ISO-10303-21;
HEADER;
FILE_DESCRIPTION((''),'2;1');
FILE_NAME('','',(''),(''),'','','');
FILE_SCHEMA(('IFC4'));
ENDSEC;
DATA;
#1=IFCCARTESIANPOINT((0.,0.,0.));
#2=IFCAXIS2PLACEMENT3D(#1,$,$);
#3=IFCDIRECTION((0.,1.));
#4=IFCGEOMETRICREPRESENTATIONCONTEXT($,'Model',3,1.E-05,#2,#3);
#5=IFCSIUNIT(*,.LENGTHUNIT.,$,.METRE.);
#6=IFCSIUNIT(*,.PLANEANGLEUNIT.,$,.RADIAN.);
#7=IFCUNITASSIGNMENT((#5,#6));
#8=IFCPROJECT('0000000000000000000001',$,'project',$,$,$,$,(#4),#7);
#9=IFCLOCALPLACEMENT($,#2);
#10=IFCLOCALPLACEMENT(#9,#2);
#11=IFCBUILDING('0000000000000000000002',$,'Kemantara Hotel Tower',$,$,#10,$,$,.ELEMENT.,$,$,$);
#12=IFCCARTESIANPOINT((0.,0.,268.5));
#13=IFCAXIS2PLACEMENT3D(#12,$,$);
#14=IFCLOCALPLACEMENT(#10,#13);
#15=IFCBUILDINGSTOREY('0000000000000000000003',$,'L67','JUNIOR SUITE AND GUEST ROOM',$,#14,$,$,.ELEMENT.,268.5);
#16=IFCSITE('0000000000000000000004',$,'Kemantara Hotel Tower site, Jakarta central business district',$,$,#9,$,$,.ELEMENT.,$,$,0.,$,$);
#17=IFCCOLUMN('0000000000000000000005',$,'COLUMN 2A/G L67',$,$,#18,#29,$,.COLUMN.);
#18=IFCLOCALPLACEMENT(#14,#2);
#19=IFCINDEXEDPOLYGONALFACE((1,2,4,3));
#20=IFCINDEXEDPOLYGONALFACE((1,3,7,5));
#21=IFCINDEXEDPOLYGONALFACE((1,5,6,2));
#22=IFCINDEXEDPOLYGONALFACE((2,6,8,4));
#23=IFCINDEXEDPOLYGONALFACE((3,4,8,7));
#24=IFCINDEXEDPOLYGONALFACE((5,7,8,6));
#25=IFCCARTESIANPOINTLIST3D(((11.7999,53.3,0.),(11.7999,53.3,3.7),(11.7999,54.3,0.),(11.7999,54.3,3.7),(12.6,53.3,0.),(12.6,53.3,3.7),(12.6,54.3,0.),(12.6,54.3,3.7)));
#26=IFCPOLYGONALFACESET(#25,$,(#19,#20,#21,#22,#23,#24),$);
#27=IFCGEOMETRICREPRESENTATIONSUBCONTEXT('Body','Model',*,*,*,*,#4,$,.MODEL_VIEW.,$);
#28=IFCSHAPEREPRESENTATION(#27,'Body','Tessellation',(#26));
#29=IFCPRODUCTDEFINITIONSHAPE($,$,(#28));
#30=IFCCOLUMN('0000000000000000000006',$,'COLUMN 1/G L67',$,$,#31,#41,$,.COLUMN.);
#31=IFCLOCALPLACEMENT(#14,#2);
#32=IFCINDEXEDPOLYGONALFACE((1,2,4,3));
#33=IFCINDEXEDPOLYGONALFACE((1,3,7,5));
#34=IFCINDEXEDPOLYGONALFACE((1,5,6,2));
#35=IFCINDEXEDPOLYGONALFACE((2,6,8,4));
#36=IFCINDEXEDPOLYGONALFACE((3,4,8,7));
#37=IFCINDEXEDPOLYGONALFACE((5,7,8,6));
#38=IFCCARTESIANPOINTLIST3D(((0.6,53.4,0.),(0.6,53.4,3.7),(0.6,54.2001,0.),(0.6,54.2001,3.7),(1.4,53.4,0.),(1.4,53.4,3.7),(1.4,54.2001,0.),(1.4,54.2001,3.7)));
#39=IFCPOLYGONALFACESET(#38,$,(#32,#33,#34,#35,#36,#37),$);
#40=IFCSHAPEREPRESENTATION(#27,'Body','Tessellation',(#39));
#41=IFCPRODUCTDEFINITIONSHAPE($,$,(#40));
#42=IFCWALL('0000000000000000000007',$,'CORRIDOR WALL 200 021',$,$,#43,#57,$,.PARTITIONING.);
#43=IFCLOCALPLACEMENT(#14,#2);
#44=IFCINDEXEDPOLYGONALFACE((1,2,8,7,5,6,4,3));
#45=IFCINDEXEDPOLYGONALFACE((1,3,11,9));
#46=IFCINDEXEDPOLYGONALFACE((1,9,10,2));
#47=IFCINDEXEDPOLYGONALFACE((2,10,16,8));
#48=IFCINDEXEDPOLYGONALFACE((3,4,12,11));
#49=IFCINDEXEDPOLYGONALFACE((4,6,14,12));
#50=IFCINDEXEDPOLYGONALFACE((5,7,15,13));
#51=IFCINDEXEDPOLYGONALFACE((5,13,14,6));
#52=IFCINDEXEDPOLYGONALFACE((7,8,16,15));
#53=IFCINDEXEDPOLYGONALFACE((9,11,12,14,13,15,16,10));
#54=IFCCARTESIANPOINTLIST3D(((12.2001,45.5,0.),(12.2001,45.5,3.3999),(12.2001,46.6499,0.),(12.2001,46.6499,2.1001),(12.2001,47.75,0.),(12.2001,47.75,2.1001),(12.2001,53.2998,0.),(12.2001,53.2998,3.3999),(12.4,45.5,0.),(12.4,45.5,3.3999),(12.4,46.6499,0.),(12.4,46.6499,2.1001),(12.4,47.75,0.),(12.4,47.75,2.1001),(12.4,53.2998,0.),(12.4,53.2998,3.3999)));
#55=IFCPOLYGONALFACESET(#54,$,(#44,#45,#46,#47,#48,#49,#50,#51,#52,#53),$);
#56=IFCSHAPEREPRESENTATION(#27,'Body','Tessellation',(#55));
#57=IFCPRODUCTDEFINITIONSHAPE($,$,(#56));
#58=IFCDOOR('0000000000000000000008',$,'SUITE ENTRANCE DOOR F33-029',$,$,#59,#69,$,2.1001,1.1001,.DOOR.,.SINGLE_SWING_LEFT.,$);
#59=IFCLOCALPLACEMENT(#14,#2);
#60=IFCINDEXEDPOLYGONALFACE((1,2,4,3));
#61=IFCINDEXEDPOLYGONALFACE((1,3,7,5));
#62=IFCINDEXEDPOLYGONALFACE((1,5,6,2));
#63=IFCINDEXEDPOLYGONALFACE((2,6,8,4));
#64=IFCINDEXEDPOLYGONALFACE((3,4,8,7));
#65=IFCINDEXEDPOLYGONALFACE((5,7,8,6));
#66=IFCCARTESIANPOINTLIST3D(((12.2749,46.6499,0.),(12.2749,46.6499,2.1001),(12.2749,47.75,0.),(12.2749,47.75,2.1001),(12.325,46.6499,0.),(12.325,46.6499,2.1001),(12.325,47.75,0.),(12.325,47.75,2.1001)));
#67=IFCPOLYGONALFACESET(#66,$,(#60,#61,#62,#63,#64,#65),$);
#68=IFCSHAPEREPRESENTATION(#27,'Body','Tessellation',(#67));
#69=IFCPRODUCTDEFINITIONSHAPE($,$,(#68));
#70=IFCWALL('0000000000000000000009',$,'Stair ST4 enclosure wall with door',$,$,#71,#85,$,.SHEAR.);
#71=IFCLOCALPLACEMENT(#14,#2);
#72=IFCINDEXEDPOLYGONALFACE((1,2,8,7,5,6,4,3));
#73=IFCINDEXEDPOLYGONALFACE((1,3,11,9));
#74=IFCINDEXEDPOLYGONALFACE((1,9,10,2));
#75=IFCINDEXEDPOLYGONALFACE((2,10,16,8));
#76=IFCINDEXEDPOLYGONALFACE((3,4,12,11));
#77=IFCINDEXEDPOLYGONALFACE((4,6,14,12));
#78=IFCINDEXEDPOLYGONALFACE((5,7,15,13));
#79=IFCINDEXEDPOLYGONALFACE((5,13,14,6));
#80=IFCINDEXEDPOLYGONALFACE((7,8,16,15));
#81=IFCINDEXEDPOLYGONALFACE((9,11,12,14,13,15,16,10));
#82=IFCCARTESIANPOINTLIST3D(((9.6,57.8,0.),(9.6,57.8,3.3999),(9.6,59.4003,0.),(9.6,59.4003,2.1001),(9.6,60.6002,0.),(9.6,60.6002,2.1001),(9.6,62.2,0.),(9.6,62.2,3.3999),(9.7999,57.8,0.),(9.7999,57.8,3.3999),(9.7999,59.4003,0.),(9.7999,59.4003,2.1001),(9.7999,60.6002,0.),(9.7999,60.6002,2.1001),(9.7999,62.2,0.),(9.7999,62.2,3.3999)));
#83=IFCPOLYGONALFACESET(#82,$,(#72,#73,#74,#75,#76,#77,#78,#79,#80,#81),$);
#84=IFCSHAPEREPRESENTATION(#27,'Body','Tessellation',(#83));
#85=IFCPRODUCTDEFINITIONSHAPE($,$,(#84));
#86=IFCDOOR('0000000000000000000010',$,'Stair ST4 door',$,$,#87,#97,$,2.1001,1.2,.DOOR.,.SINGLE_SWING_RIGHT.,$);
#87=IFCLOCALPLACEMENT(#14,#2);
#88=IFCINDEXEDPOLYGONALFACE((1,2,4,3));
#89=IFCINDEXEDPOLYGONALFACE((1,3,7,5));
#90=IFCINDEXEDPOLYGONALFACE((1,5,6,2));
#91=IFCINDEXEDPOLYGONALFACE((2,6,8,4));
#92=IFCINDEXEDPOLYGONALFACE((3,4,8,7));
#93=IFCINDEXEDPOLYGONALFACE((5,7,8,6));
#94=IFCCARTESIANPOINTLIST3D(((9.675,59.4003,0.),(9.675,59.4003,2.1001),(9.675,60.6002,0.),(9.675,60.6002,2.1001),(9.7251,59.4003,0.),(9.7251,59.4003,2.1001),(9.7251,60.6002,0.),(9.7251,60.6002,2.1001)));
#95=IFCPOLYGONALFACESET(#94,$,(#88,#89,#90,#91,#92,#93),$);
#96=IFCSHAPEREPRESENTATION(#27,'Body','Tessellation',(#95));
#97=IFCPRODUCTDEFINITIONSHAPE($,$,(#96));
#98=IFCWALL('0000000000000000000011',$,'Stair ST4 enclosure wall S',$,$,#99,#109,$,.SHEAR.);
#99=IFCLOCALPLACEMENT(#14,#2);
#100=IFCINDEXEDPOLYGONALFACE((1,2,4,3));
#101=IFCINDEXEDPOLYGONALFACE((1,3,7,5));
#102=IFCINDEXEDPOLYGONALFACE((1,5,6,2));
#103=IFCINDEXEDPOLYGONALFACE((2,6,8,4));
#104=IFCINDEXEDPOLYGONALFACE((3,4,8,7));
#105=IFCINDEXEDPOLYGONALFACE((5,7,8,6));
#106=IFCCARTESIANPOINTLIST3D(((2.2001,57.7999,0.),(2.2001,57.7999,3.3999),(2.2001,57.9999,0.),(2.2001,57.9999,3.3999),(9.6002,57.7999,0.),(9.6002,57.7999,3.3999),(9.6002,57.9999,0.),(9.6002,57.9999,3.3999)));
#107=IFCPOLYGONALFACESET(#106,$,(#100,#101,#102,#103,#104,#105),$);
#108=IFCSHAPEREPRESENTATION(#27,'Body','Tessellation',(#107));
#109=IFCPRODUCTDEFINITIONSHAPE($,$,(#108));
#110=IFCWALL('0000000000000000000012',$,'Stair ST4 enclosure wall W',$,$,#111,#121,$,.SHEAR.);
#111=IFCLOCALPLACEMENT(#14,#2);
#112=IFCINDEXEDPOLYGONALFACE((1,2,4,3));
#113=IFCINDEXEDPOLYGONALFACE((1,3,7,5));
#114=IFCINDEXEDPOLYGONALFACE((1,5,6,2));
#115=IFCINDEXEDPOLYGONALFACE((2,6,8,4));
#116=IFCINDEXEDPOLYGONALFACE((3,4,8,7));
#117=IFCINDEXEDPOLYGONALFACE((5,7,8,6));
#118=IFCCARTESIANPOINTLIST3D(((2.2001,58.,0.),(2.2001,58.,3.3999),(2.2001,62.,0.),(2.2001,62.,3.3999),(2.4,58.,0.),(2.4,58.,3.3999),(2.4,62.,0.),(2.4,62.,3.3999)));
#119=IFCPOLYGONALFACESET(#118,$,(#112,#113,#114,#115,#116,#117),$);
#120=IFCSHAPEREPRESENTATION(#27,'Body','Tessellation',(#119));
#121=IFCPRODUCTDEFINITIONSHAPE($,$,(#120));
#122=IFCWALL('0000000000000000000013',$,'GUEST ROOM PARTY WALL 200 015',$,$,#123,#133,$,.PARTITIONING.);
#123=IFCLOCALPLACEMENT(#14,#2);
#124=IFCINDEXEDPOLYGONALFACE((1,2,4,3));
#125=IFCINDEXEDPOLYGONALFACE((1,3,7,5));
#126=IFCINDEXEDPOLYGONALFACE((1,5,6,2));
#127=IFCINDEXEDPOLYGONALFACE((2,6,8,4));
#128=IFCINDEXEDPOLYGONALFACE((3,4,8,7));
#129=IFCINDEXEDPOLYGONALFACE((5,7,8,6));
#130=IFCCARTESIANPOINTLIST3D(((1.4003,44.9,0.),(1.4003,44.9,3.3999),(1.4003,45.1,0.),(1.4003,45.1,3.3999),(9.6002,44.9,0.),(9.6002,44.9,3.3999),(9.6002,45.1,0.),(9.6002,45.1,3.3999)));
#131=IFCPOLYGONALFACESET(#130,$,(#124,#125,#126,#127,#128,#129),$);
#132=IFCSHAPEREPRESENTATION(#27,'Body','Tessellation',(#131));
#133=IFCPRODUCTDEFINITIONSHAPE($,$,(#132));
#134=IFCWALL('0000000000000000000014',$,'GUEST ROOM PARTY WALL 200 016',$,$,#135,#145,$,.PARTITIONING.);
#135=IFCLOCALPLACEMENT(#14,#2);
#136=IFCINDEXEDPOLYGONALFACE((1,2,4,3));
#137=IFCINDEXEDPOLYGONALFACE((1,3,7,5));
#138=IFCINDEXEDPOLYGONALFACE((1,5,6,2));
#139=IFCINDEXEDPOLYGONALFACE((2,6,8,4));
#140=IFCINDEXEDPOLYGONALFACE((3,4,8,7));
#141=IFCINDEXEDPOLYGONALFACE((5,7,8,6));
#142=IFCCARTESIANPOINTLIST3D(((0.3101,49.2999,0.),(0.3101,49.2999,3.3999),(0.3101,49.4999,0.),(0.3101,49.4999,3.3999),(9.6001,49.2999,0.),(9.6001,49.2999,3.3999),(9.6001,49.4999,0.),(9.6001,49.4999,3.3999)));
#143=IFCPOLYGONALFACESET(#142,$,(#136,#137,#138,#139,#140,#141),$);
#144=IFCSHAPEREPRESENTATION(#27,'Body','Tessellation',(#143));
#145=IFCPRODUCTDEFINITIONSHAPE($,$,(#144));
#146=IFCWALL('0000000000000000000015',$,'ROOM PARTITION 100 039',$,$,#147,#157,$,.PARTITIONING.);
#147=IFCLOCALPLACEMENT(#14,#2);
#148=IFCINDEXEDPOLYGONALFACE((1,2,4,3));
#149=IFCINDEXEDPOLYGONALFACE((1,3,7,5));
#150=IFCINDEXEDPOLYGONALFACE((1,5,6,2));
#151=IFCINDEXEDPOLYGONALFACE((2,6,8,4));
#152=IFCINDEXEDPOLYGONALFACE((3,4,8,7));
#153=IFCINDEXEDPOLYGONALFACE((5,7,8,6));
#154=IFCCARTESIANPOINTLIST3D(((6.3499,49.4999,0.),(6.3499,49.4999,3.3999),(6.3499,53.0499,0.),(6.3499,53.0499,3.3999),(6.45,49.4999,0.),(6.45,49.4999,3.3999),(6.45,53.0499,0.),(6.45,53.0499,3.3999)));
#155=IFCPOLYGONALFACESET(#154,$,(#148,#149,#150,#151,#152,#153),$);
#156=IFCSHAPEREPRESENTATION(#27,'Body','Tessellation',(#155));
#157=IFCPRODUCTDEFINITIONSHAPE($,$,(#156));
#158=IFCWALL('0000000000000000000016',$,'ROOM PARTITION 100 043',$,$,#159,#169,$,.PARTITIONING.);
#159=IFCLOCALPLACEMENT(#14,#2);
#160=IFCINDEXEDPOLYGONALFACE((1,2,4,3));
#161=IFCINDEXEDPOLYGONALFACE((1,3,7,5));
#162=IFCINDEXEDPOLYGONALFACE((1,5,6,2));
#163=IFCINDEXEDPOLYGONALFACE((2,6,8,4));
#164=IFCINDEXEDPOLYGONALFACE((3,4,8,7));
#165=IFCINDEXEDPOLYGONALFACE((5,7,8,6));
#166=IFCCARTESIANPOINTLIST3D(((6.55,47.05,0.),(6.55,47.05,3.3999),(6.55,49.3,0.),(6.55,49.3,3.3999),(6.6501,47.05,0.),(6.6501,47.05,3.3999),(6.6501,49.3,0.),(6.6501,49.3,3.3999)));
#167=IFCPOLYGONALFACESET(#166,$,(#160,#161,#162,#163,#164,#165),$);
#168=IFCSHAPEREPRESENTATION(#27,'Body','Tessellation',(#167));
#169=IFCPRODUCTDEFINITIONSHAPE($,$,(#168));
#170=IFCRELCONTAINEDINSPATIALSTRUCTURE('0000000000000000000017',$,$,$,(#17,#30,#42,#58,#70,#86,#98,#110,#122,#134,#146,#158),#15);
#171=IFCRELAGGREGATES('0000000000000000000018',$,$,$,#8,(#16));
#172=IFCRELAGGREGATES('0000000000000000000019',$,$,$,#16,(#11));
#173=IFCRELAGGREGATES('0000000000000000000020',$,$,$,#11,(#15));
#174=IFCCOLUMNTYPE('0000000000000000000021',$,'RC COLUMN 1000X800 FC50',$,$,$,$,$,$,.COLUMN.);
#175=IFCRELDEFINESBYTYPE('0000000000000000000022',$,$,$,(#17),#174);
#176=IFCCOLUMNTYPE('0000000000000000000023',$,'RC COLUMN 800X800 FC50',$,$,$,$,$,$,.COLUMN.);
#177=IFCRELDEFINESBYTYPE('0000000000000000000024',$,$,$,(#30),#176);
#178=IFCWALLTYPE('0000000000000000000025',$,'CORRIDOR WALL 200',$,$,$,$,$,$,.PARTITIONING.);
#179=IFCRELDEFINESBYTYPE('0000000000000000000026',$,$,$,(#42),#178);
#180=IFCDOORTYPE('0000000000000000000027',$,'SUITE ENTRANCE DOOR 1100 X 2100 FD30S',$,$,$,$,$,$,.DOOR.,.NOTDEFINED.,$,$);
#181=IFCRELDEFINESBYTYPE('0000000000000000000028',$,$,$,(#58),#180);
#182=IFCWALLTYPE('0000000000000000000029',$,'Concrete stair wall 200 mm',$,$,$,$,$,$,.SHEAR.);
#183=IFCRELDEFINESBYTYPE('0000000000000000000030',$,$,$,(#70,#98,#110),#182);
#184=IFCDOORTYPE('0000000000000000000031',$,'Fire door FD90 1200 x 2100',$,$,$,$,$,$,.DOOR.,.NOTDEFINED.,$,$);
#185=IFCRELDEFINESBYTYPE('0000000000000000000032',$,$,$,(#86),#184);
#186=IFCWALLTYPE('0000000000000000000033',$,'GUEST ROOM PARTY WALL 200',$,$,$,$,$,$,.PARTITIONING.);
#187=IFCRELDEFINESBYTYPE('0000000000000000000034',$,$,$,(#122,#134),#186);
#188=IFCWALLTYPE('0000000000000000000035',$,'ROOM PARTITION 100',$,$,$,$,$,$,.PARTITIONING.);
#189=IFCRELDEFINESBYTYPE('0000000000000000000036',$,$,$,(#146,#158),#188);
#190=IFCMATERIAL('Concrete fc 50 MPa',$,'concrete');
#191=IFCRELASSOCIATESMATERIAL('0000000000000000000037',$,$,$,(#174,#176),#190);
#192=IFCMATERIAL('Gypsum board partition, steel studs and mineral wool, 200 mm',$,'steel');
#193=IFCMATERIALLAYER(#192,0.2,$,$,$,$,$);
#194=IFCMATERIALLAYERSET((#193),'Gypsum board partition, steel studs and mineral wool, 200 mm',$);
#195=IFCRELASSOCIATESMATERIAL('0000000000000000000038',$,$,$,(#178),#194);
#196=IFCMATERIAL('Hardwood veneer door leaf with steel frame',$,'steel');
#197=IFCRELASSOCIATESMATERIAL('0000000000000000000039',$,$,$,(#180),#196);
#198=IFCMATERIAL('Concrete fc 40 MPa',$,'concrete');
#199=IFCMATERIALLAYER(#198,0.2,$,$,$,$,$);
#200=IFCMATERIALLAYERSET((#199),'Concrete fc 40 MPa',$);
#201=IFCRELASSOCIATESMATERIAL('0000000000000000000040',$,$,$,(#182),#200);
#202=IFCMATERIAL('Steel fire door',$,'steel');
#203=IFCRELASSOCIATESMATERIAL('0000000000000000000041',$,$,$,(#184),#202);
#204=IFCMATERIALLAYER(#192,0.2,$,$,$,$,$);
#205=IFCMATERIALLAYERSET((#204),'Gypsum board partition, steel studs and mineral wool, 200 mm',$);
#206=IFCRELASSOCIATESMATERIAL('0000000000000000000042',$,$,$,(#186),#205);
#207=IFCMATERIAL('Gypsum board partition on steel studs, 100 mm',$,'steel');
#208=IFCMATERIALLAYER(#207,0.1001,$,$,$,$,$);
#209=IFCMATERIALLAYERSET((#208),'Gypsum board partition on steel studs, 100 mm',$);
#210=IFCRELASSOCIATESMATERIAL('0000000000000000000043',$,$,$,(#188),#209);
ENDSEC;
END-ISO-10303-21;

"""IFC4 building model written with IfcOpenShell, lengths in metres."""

from ifc_helpers import new_model, si_unit, direction, frame, frame_2d, origin, origin_2d, place, context, subcontext, project, spatial, rectangle, extrude, material, layer, layer_set, material_profile, profile_set, type_object, element, fill, save


model = new_model("IFC4")

# Units and contexts
model_context = context("Model", 3, precision=1e-05, world=origin(), true_north=direction((0.0, 1.0)))
body_context = subcontext(model_context, "Body", "Model", "MODEL_VIEW")
ifc_project = project(units=[si_unit("LENGTHUNIT", "METRE"), si_unit("PLANEANGLEUNIT", "RADIAN")], contexts=[model_context])

# Site, building, storey
site_placement = place(None, origin())
site = spatial("IfcSite", under=ifc_project, at=site_placement, Name="Kemantara Hotel Tower site, Jakarta central business district", CompositionType="ELEMENT", RefElevation=0.0)
building_placement = place(site_placement, origin())
building = spatial("IfcBuilding", under=site, at=building_placement, Name="Kemantara Hotel Tower", CompositionType="ELEMENT")
storey_placement = place(building_placement, frame((0.0, 0.0, 268.5)))
storey = spatial("IfcBuildingStorey", under=building, at=storey_placement, Name="L67", Description="JUNIOR SUITE AND GUEST ROOM", CompositionType="ELEMENT", Elevation=268.5)

# Columns
ifc_material_1 = material(Name="Concrete fc 50 MPa", Category="concrete")
ifc_material_profile_1 = material_profile(ifc_material_1, rectangle(XDim=1.0, YDim=0.8, at=origin_2d()), Name="RC 1000X800")
ifc_profile_set_1 = profile_set([ifc_material_profile_1], Name="Concrete fc 50 MPa")
column_type_1 = type_object("IfcColumnType", Name="RC COLUMN 1000X800 FC50", PredefinedType="COLUMN", material=ifc_profile_set_1)
column_1_placement = place(storey_placement, frame((12.2, 53.8, 0.0), z_axis=(0.0, 0.0, 1.0), x_axis=(0.0, 1.0, 0.0)))
element("IfcColumn", 1, at=column_1_placement, inside=storey, type_object=column_type_1, Name="COLUMN 2A/G L67", PredefinedType="COLUMN", context=body_context, shape_type="SweptSolid", body=[
    extrude(rectangle(XDim=1.0, YDim=0.8, at=origin_2d()), origin(), (0.0, 0.0, 1.0), 3.7),
])
ifc_material_profile_2 = material_profile(ifc_material_1, rectangle(XDim=0.8, YDim=0.8, at=origin_2d()), Name="RC 800X800")
ifc_profile_set_2 = profile_set([ifc_material_profile_2], Name="Concrete fc 50 MPa")
column_type_2 = type_object("IfcColumnType", Name="RC COLUMN 800X800 FC50", PredefinedType="COLUMN", material=ifc_profile_set_2)
column_2_placement = place(storey_placement, frame((1.0, 53.8, 0.0), z_axis=(0.0, 0.0, 1.0), x_axis=(1.0, 0.0, 0.0)))
element("IfcColumn", 2, at=column_2_placement, inside=storey, type_object=column_type_2, Name="COLUMN 1/G L67", PredefinedType="COLUMN", context=body_context, shape_type="SweptSolid", body=[
    extrude(rectangle(XDim=0.8, YDim=0.8, at=origin_2d()), origin(), (0.0, 0.0, 1.0), 3.7),
])

# Walls, openings, doors
ifc_material_2 = material(Name="Gypsum board partition, steel studs and mineral wool, 200 mm", Category="steel")
ifc_layer_1 = layer(ifc_material_2, 0.2)
ifc_layer_set_1 = layer_set([ifc_layer_1], Name="Gypsum board partition, steel studs and mineral wool, 200 mm")
wall_type_1 = type_object("IfcWallType", Name="CORRIDOR WALL 200", PredefinedType="PARTITIONING", material=ifc_layer_set_1)
wall_1_placement = place(storey_placement, frame((12.3, 53.2998, 0.0), z_axis=(0.0, 0.0, 1.0), x_axis=(0.0, -1.0, 0.0)))
wall_1 = element("IfcWall", 3, at=wall_1_placement, inside=storey, type_object=wall_type_1, Name="CORRIDOR WALL 200 021", PredefinedType="PARTITIONING", context=body_context, shape_type="SweptSolid", body=[
    extrude(rectangle(XDim=7.7998, YDim=0.2, at=frame_2d((3.8999, 0.0))), origin(), (0.0, 0.0, 1.0), 3.3999),
])
opening_1_placement = place(wall_1_placement, frame((5.5498, 0.0, 0.0)))
opening_1 = element("IfcOpeningElement", 4, at=opening_1_placement, cuts=wall_1, PredefinedType="OPENING", context=body_context, shape_type="SweptSolid", body=[
    extrude(rectangle(XDim=1.1001, YDim=2.1001, at=frame_2d((0.55, 1.05))), frame((0.0, 0.1099, 0.0), z_axis=(0.0, -1.0, 0.0), x_axis=(1.0, 0.0, 0.0)), (0.0, 0.0, 1.0), 0.22),
])
ifc_material_3 = material(Name="Hardwood veneer door leaf with steel frame", Category="steel")
door_type_1 = type_object("IfcDoorType", Name="SUITE ENTRANCE DOOR 1100 X 2100 FD30S", OperationType="NOTDEFINED", PredefinedType="DOOR", material=ifc_material_3)
door_1_placement = place(opening_1_placement, origin())
door_1 = element("IfcDoor", 5, at=door_1_placement, inside=storey, type_object=door_type_1, Name="SUITE ENTRANCE DOOR F33-029", OperationType="SINGLE_SWING_LEFT", OverallHeight=2.1001, OverallWidth=1.1001, PredefinedType="DOOR", context=body_context, shape_type="SweptSolid", body=[
    extrude(rectangle(XDim=1.1001, YDim=2.1001, at=frame_2d((0.55, 1.05))), frame((0.0, 0.0249, 0.0), z_axis=(0.0, -1.0, 0.0), x_axis=(1.0, 0.0, 0.0)), (0.0, 0.0, 1.0), 0.05),
])
fill(opening_1, door_1)
ifc_material_4 = material(Name="Concrete fc 40 MPa", Category="concrete")
ifc_layer_2 = layer(ifc_material_4, 0.2)
ifc_layer_set_2 = layer_set([ifc_layer_2], Name="Concrete fc 40 MPa")
wall_type_2 = type_object("IfcWallType", Name="Concrete stair wall 200 mm", PredefinedType="SHEAR", material=ifc_layer_set_2)
wall_2_placement = place(storey_placement, frame((9.7, 57.8, 0.0), z_axis=(0.0, 0.0, 1.0), x_axis=(0.0, 1.0, 0.0)))
wall_2 = element("IfcWall", 6, at=wall_2_placement, inside=storey, type_object=wall_type_2, Name="Stair ST4 enclosure wall with door", PredefinedType="SHEAR", context=body_context, shape_type="SweptSolid", body=[
    extrude(rectangle(XDim=4.3999, YDim=0.2, at=frame_2d((2.2, 0.0))), origin(), (0.0, 0.0, 1.0), 3.3999),
])
opening_2_placement = place(wall_2_placement, frame((1.6001, 0.0, 0.0)))
opening_2 = element("IfcOpeningElement", 7, at=opening_2_placement, cuts=wall_2, PredefinedType="OPENING", context=body_context, shape_type="SweptSolid", body=[
    extrude(rectangle(XDim=1.2, YDim=2.1001, at=frame_2d((0.6001, 1.05))), frame((0.0, 0.1099, 0.0), z_axis=(0.0, -1.0, 0.0), x_axis=(1.0, 0.0, 0.0)), (0.0, 0.0, 1.0), 0.22),
])
ifc_material_5 = material(Name="Steel fire door", Category="steel")
door_type_2 = type_object("IfcDoorType", Name="Fire door FD90 1200 x 2100", OperationType="NOTDEFINED", PredefinedType="DOOR", material=ifc_material_5)
door_2_placement = place(opening_2_placement, origin())
door_2 = element("IfcDoor", 8, at=door_2_placement, inside=storey, type_object=door_type_2, Name="Stair ST4 door", OperationType="SINGLE_SWING_RIGHT", OverallHeight=2.1001, OverallWidth=1.2, PredefinedType="DOOR", context=body_context, shape_type="SweptSolid", body=[
    extrude(rectangle(XDim=1.2, YDim=2.1001, at=frame_2d((0.6001, 1.05))), frame((0.0, 0.0249, 0.0), z_axis=(0.0, -1.0, 0.0), x_axis=(1.0, 0.0, 0.0)), (0.0, 0.0, 1.0), 0.05),
])
fill(opening_2, door_2)

# Walls
wall_3_placement = place(storey_placement, frame((2.2, 57.8999, 0.0), z_axis=(0.0, 0.0, 1.0), x_axis=(1.0, 0.0, 0.0)))
element("IfcWall", 9, at=wall_3_placement, inside=storey, type_object=wall_type_2, Name="Stair ST4 enclosure wall S", PredefinedType="SHEAR", context=body_context, shape_type="SweptSolid", body=[
    extrude(rectangle(XDim=7.4001, YDim=0.2, at=frame_2d((3.7002, 0.0))), origin(), (0.0, 0.0, 1.0), 3.3999),
])
wall_4_placement = place(storey_placement, frame((2.3, 58.0, 0.0), z_axis=(0.0, 0.0, 1.0), x_axis=(0.0, 1.0, 0.0)))
element("IfcWall", 10, at=wall_4_placement, inside=storey, type_object=wall_type_2, Name="Stair ST4 enclosure wall W", PredefinedType="SHEAR", context=body_context, shape_type="SweptSolid", body=[
    extrude(rectangle(XDim=4.0, YDim=0.2, at=frame_2d((2.0, 0.0))), origin(), (0.0, 0.0, 1.0), 3.3999),
])
ifc_layer_3 = layer(ifc_material_2, 0.2)
ifc_layer_set_3 = layer_set([ifc_layer_3], Name="Gypsum board partition, steel studs and mineral wool, 200 mm")
wall_type_3 = type_object("IfcWallType", Name="GUEST ROOM PARTY WALL 200", PredefinedType="PARTITIONING", material=ifc_layer_set_3)
wall_5_placement = place(storey_placement, frame((1.4001, 45.0, 0.0), z_axis=(0.0, 0.0, 1.0), x_axis=(1.0, 0.0, 0.0)))
element("IfcWall", 11, at=wall_5_placement, inside=storey, type_object=wall_type_3, Name="GUEST ROOM PARTY WALL 200 015", PredefinedType="PARTITIONING", context=body_context, shape_type="SweptSolid", body=[
    extrude(rectangle(XDim=8.2, YDim=0.2, at=frame_2d((4.1001, 0.0))), origin(), (0.0, 0.0, 1.0), 3.3999),
])
wall_6_placement = place(storey_placement, frame((0.3101, 49.3999, 0.0), z_axis=(0.0, 0.0, 1.0), x_axis=(1.0, 0.0, 0.0)))
element("IfcWall", 12, at=wall_6_placement, inside=storey, type_object=wall_type_3, Name="GUEST ROOM PARTY WALL 200 016", PredefinedType="PARTITIONING", context=body_context, shape_type="SweptSolid", body=[
    extrude(rectangle(XDim=9.29, YDim=0.2, at=frame_2d((4.645, 0.0))), origin(), (0.0, 0.0, 1.0), 3.3999),
])
ifc_material_6 = material(Name="Gypsum board partition on steel studs, 100 mm", Category="steel")
ifc_layer_4 = layer(ifc_material_6, 0.1001)
ifc_layer_set_4 = layer_set([ifc_layer_4], Name="Gypsum board partition on steel studs, 100 mm")
wall_type_4 = type_object("IfcWallType", Name="ROOM PARTITION 100", PredefinedType="PARTITIONING", material=ifc_layer_set_4)
wall_7_placement = place(storey_placement, frame((6.3999, 49.5, 0.0), z_axis=(0.0, 0.0, 1.0), x_axis=(0.0, 1.0, 0.0)))
element("IfcWall", 13, at=wall_7_placement, inside=storey, type_object=wall_type_4, Name="ROOM PARTITION 100 039", PredefinedType="PARTITIONING", context=body_context, shape_type="SweptSolid", body=[
    extrude(rectangle(XDim=3.55, YDim=0.1001, at=frame_2d((1.7749, 0.0))), origin(), (0.0, 0.0, 1.0), 3.3999),
])
wall_8_placement = place(storey_placement, frame((6.6001, 47.05, 0.0), z_axis=(0.0, 0.0, 1.0), x_axis=(0.0, 1.0, 0.0)))
element("IfcWall", 14, at=wall_8_placement, inside=storey, type_object=wall_type_4, Name="ROOM PARTITION 100 043", PredefinedType="PARTITIONING", context=body_context, shape_type="SweptSolid", body=[
    extrude(rectangle(XDim=2.25, YDim=0.1001, at=frame_2d((1.125, 0.0))), origin(), (0.0, 0.0, 1.0), 3.3999),
])

save(model, "model.ifc")
